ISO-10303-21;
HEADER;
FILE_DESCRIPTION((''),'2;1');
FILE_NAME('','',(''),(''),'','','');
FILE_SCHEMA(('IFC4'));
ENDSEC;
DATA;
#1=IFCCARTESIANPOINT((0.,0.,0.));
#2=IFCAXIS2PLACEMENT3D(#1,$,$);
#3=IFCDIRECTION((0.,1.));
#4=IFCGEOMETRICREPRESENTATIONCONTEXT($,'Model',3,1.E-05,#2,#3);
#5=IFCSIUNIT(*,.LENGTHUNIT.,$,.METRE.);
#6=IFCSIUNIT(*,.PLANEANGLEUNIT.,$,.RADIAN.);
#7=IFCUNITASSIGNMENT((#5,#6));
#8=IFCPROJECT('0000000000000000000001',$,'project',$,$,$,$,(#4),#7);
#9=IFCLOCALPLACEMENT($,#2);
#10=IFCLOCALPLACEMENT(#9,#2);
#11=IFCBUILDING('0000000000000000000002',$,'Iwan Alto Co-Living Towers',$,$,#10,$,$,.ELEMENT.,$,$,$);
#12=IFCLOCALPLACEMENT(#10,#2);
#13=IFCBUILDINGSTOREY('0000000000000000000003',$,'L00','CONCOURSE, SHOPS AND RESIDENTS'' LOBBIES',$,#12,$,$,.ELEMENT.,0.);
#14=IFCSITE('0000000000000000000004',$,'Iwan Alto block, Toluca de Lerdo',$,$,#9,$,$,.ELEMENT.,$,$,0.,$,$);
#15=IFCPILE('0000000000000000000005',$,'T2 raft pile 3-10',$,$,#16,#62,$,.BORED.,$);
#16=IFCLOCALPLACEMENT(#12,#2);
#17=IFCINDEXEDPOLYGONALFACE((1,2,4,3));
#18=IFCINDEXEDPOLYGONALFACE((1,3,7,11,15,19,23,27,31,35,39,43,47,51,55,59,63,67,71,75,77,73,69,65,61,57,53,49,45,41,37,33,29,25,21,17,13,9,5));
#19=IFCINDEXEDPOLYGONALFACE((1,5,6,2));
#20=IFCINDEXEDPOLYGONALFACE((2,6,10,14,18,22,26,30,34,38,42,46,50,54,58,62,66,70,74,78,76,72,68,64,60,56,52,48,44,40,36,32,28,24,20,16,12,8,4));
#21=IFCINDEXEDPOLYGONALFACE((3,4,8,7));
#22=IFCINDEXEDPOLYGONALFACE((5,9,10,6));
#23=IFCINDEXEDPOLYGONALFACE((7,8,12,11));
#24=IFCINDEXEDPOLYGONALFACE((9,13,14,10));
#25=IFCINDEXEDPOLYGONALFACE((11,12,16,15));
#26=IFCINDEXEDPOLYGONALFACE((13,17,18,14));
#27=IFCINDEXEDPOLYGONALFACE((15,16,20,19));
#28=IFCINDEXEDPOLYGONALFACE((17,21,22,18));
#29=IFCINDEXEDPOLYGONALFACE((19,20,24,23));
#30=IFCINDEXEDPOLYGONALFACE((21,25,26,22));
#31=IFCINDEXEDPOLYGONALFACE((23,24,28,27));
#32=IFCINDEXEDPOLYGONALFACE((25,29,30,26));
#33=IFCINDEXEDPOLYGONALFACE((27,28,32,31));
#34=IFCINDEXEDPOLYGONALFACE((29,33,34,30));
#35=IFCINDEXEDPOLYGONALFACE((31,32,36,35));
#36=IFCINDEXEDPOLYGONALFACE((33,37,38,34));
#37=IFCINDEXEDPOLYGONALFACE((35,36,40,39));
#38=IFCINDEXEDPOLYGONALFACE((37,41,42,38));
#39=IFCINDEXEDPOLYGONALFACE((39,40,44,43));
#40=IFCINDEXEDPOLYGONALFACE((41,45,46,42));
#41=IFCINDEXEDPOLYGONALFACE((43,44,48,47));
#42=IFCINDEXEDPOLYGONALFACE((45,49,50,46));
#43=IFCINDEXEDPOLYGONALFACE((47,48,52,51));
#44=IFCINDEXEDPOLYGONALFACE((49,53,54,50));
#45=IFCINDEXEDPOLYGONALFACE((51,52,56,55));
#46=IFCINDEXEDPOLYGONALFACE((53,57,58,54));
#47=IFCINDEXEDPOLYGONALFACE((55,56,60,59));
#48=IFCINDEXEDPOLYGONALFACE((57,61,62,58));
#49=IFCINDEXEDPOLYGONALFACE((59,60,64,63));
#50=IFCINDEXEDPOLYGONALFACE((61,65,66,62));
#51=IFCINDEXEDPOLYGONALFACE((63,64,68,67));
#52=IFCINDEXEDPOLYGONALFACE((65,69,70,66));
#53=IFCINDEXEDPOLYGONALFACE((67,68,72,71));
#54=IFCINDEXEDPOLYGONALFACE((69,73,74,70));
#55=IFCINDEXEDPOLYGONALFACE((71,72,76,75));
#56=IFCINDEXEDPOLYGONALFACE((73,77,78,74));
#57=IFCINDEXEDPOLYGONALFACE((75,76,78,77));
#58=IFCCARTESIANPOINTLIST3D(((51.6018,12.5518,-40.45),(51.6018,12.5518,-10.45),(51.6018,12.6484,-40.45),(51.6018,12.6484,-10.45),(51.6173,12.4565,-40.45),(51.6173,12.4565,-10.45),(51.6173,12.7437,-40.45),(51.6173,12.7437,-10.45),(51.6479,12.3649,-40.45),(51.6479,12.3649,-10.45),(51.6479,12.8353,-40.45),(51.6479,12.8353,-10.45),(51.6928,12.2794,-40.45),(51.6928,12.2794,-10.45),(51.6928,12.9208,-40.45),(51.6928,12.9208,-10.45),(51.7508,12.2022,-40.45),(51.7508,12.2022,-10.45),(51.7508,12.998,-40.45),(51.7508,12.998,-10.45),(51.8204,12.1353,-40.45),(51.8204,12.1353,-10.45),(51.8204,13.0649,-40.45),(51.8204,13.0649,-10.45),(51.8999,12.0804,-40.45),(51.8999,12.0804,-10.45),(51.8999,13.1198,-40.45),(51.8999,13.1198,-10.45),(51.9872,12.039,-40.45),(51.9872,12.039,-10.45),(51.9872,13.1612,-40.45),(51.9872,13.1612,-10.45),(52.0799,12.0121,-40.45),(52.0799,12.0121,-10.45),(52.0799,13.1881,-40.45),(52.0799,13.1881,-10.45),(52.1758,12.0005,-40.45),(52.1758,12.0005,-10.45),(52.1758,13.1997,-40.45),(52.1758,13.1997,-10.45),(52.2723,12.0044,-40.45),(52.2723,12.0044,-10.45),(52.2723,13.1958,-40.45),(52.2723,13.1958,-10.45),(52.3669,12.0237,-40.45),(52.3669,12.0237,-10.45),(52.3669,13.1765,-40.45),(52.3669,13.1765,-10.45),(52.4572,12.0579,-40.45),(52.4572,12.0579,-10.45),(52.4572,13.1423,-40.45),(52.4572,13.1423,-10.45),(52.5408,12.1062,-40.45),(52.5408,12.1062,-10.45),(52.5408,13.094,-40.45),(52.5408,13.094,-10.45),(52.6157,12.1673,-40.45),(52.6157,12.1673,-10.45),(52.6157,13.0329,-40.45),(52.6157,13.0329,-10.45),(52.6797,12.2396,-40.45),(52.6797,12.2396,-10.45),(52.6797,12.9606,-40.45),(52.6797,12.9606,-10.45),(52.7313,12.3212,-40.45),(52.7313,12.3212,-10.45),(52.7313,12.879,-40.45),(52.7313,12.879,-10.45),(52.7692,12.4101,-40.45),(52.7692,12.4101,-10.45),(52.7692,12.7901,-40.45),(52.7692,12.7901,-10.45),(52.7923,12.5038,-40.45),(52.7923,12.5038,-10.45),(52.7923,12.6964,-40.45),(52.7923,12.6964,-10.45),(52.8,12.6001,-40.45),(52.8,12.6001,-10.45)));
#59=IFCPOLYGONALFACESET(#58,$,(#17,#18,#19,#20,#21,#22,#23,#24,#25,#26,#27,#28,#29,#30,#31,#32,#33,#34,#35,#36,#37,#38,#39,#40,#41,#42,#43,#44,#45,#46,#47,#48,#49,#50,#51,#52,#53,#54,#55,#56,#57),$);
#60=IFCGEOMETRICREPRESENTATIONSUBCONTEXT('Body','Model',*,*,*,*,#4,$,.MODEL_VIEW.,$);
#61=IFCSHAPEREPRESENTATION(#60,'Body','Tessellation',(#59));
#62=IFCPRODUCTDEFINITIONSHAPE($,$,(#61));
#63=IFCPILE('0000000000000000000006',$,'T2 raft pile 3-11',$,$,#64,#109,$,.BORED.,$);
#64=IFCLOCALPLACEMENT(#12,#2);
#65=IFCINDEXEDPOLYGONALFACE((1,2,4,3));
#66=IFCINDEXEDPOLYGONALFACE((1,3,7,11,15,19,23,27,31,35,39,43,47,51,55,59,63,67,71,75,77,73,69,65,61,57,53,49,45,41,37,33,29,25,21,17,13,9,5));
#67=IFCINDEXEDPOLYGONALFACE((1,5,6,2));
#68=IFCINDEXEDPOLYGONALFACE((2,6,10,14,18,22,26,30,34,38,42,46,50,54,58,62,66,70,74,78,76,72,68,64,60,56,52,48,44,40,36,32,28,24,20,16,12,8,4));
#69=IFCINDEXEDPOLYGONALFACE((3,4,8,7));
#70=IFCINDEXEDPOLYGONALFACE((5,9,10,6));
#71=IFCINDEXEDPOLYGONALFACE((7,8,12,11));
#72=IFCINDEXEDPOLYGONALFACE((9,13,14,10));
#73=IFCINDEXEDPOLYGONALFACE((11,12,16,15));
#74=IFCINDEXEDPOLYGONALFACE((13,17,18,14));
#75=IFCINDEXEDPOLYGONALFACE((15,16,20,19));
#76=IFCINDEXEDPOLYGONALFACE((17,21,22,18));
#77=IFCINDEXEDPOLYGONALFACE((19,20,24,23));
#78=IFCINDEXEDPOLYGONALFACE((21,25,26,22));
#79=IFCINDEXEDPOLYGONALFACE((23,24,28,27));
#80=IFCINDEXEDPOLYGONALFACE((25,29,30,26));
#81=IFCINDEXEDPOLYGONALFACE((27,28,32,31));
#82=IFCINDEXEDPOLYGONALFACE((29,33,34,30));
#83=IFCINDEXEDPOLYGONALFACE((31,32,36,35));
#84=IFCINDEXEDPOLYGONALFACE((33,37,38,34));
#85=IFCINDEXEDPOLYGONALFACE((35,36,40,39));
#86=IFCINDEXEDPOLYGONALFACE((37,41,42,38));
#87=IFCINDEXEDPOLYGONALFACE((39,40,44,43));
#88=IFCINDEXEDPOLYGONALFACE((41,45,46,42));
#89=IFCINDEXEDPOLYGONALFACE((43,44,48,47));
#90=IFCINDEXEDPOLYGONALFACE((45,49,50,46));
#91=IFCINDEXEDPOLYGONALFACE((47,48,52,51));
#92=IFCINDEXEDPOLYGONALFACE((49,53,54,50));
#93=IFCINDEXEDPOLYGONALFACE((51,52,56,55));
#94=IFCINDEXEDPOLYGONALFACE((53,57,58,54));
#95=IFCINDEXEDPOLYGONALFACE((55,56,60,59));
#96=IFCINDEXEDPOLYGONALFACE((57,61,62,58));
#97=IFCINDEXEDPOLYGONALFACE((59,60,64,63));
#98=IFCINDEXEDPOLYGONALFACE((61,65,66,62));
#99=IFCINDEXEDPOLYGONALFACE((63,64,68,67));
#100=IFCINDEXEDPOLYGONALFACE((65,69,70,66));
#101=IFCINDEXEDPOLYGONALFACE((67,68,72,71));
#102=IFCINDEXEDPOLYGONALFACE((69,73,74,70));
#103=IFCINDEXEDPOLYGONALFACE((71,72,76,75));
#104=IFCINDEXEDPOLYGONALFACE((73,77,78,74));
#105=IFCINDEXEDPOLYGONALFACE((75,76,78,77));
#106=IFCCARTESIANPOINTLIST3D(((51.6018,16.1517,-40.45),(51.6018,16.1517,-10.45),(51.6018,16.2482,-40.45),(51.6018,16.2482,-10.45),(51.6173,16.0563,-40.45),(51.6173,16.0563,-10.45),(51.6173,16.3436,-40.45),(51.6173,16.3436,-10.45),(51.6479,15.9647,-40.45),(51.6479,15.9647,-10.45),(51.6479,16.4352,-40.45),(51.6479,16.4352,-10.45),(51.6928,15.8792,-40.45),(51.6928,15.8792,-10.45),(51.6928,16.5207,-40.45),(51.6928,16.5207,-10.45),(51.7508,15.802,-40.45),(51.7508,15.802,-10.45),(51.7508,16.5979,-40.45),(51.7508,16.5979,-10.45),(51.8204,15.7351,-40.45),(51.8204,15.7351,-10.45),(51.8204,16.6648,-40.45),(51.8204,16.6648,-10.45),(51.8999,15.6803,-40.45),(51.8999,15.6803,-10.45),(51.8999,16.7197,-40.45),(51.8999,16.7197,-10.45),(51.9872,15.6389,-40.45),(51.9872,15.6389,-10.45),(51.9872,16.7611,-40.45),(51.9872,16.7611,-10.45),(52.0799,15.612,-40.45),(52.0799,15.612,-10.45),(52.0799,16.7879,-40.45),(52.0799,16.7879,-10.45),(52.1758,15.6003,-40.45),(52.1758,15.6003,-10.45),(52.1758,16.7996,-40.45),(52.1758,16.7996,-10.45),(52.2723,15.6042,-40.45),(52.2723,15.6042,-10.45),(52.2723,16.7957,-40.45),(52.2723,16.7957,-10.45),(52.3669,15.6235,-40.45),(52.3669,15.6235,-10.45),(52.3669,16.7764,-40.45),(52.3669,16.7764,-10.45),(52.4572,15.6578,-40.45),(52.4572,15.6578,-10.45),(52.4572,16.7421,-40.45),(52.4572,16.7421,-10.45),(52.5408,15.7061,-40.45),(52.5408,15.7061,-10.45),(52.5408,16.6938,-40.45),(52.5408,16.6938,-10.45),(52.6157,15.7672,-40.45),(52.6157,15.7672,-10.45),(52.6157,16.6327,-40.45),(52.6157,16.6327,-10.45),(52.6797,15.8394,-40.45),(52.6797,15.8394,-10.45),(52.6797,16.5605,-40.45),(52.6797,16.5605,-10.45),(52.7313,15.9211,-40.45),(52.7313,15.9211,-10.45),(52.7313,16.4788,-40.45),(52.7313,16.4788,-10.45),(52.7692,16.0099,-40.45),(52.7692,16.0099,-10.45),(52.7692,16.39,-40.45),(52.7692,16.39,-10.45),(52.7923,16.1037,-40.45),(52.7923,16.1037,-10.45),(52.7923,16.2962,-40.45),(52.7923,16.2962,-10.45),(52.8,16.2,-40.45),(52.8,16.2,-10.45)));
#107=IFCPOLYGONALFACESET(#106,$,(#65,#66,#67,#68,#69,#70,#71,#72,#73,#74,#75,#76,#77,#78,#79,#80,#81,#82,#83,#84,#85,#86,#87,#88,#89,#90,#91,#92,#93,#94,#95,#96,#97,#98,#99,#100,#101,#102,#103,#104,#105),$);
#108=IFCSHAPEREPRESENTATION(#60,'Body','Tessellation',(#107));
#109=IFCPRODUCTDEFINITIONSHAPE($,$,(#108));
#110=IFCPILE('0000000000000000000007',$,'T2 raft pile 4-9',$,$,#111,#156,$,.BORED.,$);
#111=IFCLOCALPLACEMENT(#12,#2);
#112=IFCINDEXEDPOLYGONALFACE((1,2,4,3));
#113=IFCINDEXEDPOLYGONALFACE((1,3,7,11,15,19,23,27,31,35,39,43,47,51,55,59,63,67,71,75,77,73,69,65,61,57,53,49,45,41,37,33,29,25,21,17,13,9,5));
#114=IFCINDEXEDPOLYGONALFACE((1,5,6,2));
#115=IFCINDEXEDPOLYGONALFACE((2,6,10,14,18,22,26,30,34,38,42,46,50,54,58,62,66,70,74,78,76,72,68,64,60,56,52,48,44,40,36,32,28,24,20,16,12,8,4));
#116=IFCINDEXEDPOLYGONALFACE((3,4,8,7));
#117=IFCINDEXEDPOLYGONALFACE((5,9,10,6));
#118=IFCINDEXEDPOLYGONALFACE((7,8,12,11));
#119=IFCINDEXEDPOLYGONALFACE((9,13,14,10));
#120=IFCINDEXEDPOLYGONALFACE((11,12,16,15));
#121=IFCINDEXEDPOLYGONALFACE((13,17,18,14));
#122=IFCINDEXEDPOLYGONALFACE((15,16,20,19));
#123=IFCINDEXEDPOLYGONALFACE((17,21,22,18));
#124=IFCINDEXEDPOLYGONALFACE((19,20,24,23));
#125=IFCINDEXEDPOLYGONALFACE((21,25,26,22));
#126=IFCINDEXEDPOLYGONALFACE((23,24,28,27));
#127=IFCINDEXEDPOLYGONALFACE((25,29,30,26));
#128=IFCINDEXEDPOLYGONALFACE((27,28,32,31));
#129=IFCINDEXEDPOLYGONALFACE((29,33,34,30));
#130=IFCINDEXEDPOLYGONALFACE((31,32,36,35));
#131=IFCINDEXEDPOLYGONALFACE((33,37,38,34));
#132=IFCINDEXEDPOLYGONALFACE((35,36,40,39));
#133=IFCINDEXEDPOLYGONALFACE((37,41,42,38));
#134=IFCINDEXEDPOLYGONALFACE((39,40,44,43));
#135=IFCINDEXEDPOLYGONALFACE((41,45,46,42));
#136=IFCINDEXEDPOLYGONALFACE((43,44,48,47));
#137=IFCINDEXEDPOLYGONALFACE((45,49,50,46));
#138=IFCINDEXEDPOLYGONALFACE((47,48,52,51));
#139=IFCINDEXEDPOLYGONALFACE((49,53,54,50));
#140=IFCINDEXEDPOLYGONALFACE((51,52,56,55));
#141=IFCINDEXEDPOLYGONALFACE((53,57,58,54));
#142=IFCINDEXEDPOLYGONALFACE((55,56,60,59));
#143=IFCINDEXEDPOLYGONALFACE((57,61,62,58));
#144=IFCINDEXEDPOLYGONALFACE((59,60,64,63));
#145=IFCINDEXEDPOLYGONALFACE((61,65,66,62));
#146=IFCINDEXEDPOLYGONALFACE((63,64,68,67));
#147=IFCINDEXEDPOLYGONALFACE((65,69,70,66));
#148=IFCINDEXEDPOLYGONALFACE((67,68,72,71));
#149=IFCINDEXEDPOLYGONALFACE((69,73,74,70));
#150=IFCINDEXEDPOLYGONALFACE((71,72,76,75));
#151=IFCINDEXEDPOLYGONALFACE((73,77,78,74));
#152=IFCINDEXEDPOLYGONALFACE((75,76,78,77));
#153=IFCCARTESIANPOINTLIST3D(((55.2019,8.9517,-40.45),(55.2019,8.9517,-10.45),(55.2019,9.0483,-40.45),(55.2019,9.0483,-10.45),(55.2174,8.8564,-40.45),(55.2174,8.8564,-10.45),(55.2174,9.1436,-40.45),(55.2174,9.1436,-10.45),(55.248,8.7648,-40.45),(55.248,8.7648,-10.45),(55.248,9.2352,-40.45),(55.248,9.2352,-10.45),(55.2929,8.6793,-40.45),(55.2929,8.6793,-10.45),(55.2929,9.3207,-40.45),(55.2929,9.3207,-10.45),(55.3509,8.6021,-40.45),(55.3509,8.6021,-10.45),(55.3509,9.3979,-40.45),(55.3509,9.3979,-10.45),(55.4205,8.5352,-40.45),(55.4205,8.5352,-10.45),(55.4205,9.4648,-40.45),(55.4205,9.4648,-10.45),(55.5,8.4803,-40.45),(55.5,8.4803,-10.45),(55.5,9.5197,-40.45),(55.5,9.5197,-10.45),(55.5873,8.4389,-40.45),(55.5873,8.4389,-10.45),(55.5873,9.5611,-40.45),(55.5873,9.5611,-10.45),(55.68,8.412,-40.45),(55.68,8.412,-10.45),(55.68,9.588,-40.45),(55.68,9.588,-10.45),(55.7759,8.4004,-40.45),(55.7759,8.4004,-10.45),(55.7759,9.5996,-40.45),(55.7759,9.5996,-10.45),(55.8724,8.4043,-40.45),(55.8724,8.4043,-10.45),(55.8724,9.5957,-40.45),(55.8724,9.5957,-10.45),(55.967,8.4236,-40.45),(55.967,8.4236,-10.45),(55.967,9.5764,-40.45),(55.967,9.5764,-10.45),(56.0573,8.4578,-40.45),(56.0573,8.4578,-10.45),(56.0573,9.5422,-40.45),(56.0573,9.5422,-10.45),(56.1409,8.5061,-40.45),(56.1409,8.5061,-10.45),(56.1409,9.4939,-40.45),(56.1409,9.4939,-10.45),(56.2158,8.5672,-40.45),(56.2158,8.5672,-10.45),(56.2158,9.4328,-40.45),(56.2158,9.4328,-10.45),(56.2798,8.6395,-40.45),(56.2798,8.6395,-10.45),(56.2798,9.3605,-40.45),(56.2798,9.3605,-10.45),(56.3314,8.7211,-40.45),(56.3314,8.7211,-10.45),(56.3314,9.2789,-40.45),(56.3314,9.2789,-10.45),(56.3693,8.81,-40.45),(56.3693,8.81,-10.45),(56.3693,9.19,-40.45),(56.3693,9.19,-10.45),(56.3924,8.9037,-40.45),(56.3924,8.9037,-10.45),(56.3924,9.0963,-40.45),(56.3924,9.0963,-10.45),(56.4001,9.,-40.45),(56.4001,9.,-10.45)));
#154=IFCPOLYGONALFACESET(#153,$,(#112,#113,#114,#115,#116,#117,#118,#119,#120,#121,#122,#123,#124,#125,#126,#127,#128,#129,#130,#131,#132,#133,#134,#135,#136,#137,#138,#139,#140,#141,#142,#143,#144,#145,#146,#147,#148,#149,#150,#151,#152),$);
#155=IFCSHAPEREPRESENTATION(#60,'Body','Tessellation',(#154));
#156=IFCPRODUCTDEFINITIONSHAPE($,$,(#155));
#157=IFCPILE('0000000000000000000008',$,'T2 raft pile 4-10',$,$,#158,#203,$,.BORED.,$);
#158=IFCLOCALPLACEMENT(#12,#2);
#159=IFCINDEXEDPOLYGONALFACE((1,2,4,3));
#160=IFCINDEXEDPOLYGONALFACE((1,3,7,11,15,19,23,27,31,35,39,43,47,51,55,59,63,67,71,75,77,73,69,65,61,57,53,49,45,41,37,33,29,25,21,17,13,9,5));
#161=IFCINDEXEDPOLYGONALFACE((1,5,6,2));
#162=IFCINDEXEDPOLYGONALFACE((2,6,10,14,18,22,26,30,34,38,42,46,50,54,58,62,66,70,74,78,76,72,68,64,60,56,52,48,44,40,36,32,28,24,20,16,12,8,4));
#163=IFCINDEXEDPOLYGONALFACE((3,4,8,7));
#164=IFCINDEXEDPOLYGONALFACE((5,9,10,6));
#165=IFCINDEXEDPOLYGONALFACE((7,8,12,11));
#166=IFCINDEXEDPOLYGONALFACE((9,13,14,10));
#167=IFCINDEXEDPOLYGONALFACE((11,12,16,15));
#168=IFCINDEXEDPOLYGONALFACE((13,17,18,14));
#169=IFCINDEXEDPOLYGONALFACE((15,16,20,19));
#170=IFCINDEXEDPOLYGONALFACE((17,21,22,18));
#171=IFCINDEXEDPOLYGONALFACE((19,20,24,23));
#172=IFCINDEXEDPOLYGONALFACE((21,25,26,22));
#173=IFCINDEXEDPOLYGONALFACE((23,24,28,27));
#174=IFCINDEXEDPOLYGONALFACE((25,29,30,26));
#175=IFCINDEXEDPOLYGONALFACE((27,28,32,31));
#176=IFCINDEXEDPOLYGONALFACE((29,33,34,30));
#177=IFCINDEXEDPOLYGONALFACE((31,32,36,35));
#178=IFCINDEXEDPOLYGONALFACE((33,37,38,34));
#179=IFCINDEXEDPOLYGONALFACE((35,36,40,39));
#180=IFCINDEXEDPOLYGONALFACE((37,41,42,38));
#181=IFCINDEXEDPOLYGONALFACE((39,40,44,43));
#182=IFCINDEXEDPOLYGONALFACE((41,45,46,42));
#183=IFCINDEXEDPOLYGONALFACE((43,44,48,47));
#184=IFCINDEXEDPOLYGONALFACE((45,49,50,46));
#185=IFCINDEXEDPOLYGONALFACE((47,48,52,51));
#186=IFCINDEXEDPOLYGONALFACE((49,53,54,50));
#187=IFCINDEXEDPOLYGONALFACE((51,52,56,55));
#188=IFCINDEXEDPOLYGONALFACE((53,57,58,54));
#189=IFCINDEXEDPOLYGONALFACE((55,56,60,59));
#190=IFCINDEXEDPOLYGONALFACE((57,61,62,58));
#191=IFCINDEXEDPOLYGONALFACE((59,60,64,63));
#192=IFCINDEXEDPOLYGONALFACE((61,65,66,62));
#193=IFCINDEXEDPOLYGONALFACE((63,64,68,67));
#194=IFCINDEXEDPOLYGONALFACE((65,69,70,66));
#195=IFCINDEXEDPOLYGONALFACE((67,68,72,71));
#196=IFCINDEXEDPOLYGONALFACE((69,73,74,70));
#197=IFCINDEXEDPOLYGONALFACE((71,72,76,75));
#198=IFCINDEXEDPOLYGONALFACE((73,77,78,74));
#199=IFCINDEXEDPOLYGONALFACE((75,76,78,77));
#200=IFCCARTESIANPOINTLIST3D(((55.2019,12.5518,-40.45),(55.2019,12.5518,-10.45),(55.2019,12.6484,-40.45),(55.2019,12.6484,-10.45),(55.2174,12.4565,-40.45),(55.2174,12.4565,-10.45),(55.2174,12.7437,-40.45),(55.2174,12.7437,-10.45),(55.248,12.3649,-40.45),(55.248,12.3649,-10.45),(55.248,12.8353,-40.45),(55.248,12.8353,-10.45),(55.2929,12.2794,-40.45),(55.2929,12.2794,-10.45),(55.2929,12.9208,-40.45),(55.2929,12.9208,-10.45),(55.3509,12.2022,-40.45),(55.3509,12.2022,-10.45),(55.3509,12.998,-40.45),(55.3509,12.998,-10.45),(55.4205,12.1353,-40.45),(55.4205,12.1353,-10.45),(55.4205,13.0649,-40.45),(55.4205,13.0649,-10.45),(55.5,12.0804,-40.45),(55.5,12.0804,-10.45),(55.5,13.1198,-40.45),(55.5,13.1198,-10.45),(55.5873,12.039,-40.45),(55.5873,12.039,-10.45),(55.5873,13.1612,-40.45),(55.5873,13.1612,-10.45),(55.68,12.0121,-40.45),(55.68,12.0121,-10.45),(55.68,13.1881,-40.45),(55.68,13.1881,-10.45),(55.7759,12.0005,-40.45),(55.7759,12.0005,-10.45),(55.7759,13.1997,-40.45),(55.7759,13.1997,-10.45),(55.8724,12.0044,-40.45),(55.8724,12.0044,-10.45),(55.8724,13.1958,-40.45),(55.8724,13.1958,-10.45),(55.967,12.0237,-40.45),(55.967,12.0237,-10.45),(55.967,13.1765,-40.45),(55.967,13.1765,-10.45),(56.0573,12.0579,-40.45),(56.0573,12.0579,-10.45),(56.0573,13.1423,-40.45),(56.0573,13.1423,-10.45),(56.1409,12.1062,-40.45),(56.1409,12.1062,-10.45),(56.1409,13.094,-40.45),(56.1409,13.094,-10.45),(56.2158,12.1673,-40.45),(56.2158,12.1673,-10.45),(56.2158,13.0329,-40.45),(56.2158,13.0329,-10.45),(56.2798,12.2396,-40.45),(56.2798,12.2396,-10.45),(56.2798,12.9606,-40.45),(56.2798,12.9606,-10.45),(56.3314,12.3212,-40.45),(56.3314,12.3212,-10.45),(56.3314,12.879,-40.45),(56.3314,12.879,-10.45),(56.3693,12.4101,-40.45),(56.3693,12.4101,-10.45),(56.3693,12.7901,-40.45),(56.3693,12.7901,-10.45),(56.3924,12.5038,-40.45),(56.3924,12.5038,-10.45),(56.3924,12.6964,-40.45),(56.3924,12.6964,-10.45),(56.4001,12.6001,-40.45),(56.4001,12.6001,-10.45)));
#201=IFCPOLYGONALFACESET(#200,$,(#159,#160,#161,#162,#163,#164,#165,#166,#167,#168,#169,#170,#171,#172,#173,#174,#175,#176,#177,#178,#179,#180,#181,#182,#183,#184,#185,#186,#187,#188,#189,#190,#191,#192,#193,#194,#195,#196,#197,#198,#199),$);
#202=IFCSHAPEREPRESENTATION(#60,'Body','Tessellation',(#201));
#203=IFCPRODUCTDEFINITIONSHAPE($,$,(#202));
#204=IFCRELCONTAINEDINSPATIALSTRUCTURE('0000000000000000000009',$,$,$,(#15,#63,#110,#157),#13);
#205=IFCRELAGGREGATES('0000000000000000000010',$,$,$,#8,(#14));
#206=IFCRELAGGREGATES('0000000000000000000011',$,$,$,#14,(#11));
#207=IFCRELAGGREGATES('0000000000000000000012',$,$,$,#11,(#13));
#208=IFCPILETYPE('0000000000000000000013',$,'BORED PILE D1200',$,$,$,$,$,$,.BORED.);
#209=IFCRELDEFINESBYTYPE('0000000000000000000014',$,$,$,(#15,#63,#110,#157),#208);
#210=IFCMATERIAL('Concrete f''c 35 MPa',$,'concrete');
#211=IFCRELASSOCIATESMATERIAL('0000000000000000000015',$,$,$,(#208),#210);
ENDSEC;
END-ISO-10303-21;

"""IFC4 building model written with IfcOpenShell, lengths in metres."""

from ifc_helpers import new_model, si_unit, direction, frame, origin, origin_2d, place, context, subcontext, project, spatial, circle, extrude, material, material_profile, profile_set, type_object, element, save


model = new_model("IFC4")

# Units and contexts
model_context = context("Model", 3, precision=1e-05, world=origin(), true_north=direction((0.0, 1.0)))
body_context = subcontext(model_context, "Body", "Model", "MODEL_VIEW")
ifc_project = project(units=[si_unit("LENGTHUNIT", "METRE"), si_unit("PLANEANGLEUNIT", "RADIAN")], contexts=[model_context])

# Site, building, storey
site_placement = place(None, origin())
site = spatial("IfcSite", under=ifc_project, at=site_placement, Name="Iwan Alto block, Toluca de Lerdo", CompositionType="ELEMENT", RefElevation=0.0)
building_placement = place(site_placement, origin())
building = spatial("IfcBuilding", under=site, at=building_placement, Name="Iwan Alto Co-Living Towers", CompositionType="ELEMENT")
storey_placement = place(building_placement, origin())
storey = spatial("IfcBuildingStorey", under=building, at=storey_placement, Name="L00", Description="CONCOURSE, SHOPS AND RESIDENTS' LOBBIES", CompositionType="ELEMENT", Elevation=0.0)

# Piles
ifc_material_1 = material(Name="Concrete f'c 35 MPa", Category="concrete")
ifc_material_profile_1 = material_profile(ifc_material_1, circle(Radius=0.6001, at=origin_2d()), Name="D1200")
ifc_profile_set_1 = profile_set([ifc_material_profile_1], Name="Concrete f'c 35 MPa")
pile_type = type_object("IfcPileType", Name="BORED PILE D1200", PredefinedType="BORED", material=ifc_profile_set_1)
for number, where, z_axis, x_axis, name in (
    (1, (52.2, 12.6001, -10.45), (0.0, 0.0, -1.0), (1.0, 0.0, 0.0), "T2 raft pile 3-10"),
    (2, (52.2, 16.2, -10.45), (0.0, 0.0, -1.0), (1.0, 0.0, 0.0), "T2 raft pile 3-11"),
    (3, (55.8, 9.0, -10.45), (0.0, 0.0, -1.0), (1.0, 0.0, 0.0), "T2 raft pile 4-9"),
    (4, (55.8, 12.6001, -10.45), (0.0, 0.0, -1.0), (1.0, 0.0, 0.0), "T2 raft pile 4-10"),
):
    element("IfcPile", number, at=place(storey_placement, frame(where, z_axis=z_axis, x_axis=x_axis)), inside=storey, type_object=pile_type, Name=name, PredefinedType="BORED", context=body_context, shape_type="SweptSolid", body=[
        extrude(circle(Radius=0.6001, at=origin_2d()), origin(), (0.0, 0.0, 1.0), 30.0),
    ])

save(model, "model.ifc")
